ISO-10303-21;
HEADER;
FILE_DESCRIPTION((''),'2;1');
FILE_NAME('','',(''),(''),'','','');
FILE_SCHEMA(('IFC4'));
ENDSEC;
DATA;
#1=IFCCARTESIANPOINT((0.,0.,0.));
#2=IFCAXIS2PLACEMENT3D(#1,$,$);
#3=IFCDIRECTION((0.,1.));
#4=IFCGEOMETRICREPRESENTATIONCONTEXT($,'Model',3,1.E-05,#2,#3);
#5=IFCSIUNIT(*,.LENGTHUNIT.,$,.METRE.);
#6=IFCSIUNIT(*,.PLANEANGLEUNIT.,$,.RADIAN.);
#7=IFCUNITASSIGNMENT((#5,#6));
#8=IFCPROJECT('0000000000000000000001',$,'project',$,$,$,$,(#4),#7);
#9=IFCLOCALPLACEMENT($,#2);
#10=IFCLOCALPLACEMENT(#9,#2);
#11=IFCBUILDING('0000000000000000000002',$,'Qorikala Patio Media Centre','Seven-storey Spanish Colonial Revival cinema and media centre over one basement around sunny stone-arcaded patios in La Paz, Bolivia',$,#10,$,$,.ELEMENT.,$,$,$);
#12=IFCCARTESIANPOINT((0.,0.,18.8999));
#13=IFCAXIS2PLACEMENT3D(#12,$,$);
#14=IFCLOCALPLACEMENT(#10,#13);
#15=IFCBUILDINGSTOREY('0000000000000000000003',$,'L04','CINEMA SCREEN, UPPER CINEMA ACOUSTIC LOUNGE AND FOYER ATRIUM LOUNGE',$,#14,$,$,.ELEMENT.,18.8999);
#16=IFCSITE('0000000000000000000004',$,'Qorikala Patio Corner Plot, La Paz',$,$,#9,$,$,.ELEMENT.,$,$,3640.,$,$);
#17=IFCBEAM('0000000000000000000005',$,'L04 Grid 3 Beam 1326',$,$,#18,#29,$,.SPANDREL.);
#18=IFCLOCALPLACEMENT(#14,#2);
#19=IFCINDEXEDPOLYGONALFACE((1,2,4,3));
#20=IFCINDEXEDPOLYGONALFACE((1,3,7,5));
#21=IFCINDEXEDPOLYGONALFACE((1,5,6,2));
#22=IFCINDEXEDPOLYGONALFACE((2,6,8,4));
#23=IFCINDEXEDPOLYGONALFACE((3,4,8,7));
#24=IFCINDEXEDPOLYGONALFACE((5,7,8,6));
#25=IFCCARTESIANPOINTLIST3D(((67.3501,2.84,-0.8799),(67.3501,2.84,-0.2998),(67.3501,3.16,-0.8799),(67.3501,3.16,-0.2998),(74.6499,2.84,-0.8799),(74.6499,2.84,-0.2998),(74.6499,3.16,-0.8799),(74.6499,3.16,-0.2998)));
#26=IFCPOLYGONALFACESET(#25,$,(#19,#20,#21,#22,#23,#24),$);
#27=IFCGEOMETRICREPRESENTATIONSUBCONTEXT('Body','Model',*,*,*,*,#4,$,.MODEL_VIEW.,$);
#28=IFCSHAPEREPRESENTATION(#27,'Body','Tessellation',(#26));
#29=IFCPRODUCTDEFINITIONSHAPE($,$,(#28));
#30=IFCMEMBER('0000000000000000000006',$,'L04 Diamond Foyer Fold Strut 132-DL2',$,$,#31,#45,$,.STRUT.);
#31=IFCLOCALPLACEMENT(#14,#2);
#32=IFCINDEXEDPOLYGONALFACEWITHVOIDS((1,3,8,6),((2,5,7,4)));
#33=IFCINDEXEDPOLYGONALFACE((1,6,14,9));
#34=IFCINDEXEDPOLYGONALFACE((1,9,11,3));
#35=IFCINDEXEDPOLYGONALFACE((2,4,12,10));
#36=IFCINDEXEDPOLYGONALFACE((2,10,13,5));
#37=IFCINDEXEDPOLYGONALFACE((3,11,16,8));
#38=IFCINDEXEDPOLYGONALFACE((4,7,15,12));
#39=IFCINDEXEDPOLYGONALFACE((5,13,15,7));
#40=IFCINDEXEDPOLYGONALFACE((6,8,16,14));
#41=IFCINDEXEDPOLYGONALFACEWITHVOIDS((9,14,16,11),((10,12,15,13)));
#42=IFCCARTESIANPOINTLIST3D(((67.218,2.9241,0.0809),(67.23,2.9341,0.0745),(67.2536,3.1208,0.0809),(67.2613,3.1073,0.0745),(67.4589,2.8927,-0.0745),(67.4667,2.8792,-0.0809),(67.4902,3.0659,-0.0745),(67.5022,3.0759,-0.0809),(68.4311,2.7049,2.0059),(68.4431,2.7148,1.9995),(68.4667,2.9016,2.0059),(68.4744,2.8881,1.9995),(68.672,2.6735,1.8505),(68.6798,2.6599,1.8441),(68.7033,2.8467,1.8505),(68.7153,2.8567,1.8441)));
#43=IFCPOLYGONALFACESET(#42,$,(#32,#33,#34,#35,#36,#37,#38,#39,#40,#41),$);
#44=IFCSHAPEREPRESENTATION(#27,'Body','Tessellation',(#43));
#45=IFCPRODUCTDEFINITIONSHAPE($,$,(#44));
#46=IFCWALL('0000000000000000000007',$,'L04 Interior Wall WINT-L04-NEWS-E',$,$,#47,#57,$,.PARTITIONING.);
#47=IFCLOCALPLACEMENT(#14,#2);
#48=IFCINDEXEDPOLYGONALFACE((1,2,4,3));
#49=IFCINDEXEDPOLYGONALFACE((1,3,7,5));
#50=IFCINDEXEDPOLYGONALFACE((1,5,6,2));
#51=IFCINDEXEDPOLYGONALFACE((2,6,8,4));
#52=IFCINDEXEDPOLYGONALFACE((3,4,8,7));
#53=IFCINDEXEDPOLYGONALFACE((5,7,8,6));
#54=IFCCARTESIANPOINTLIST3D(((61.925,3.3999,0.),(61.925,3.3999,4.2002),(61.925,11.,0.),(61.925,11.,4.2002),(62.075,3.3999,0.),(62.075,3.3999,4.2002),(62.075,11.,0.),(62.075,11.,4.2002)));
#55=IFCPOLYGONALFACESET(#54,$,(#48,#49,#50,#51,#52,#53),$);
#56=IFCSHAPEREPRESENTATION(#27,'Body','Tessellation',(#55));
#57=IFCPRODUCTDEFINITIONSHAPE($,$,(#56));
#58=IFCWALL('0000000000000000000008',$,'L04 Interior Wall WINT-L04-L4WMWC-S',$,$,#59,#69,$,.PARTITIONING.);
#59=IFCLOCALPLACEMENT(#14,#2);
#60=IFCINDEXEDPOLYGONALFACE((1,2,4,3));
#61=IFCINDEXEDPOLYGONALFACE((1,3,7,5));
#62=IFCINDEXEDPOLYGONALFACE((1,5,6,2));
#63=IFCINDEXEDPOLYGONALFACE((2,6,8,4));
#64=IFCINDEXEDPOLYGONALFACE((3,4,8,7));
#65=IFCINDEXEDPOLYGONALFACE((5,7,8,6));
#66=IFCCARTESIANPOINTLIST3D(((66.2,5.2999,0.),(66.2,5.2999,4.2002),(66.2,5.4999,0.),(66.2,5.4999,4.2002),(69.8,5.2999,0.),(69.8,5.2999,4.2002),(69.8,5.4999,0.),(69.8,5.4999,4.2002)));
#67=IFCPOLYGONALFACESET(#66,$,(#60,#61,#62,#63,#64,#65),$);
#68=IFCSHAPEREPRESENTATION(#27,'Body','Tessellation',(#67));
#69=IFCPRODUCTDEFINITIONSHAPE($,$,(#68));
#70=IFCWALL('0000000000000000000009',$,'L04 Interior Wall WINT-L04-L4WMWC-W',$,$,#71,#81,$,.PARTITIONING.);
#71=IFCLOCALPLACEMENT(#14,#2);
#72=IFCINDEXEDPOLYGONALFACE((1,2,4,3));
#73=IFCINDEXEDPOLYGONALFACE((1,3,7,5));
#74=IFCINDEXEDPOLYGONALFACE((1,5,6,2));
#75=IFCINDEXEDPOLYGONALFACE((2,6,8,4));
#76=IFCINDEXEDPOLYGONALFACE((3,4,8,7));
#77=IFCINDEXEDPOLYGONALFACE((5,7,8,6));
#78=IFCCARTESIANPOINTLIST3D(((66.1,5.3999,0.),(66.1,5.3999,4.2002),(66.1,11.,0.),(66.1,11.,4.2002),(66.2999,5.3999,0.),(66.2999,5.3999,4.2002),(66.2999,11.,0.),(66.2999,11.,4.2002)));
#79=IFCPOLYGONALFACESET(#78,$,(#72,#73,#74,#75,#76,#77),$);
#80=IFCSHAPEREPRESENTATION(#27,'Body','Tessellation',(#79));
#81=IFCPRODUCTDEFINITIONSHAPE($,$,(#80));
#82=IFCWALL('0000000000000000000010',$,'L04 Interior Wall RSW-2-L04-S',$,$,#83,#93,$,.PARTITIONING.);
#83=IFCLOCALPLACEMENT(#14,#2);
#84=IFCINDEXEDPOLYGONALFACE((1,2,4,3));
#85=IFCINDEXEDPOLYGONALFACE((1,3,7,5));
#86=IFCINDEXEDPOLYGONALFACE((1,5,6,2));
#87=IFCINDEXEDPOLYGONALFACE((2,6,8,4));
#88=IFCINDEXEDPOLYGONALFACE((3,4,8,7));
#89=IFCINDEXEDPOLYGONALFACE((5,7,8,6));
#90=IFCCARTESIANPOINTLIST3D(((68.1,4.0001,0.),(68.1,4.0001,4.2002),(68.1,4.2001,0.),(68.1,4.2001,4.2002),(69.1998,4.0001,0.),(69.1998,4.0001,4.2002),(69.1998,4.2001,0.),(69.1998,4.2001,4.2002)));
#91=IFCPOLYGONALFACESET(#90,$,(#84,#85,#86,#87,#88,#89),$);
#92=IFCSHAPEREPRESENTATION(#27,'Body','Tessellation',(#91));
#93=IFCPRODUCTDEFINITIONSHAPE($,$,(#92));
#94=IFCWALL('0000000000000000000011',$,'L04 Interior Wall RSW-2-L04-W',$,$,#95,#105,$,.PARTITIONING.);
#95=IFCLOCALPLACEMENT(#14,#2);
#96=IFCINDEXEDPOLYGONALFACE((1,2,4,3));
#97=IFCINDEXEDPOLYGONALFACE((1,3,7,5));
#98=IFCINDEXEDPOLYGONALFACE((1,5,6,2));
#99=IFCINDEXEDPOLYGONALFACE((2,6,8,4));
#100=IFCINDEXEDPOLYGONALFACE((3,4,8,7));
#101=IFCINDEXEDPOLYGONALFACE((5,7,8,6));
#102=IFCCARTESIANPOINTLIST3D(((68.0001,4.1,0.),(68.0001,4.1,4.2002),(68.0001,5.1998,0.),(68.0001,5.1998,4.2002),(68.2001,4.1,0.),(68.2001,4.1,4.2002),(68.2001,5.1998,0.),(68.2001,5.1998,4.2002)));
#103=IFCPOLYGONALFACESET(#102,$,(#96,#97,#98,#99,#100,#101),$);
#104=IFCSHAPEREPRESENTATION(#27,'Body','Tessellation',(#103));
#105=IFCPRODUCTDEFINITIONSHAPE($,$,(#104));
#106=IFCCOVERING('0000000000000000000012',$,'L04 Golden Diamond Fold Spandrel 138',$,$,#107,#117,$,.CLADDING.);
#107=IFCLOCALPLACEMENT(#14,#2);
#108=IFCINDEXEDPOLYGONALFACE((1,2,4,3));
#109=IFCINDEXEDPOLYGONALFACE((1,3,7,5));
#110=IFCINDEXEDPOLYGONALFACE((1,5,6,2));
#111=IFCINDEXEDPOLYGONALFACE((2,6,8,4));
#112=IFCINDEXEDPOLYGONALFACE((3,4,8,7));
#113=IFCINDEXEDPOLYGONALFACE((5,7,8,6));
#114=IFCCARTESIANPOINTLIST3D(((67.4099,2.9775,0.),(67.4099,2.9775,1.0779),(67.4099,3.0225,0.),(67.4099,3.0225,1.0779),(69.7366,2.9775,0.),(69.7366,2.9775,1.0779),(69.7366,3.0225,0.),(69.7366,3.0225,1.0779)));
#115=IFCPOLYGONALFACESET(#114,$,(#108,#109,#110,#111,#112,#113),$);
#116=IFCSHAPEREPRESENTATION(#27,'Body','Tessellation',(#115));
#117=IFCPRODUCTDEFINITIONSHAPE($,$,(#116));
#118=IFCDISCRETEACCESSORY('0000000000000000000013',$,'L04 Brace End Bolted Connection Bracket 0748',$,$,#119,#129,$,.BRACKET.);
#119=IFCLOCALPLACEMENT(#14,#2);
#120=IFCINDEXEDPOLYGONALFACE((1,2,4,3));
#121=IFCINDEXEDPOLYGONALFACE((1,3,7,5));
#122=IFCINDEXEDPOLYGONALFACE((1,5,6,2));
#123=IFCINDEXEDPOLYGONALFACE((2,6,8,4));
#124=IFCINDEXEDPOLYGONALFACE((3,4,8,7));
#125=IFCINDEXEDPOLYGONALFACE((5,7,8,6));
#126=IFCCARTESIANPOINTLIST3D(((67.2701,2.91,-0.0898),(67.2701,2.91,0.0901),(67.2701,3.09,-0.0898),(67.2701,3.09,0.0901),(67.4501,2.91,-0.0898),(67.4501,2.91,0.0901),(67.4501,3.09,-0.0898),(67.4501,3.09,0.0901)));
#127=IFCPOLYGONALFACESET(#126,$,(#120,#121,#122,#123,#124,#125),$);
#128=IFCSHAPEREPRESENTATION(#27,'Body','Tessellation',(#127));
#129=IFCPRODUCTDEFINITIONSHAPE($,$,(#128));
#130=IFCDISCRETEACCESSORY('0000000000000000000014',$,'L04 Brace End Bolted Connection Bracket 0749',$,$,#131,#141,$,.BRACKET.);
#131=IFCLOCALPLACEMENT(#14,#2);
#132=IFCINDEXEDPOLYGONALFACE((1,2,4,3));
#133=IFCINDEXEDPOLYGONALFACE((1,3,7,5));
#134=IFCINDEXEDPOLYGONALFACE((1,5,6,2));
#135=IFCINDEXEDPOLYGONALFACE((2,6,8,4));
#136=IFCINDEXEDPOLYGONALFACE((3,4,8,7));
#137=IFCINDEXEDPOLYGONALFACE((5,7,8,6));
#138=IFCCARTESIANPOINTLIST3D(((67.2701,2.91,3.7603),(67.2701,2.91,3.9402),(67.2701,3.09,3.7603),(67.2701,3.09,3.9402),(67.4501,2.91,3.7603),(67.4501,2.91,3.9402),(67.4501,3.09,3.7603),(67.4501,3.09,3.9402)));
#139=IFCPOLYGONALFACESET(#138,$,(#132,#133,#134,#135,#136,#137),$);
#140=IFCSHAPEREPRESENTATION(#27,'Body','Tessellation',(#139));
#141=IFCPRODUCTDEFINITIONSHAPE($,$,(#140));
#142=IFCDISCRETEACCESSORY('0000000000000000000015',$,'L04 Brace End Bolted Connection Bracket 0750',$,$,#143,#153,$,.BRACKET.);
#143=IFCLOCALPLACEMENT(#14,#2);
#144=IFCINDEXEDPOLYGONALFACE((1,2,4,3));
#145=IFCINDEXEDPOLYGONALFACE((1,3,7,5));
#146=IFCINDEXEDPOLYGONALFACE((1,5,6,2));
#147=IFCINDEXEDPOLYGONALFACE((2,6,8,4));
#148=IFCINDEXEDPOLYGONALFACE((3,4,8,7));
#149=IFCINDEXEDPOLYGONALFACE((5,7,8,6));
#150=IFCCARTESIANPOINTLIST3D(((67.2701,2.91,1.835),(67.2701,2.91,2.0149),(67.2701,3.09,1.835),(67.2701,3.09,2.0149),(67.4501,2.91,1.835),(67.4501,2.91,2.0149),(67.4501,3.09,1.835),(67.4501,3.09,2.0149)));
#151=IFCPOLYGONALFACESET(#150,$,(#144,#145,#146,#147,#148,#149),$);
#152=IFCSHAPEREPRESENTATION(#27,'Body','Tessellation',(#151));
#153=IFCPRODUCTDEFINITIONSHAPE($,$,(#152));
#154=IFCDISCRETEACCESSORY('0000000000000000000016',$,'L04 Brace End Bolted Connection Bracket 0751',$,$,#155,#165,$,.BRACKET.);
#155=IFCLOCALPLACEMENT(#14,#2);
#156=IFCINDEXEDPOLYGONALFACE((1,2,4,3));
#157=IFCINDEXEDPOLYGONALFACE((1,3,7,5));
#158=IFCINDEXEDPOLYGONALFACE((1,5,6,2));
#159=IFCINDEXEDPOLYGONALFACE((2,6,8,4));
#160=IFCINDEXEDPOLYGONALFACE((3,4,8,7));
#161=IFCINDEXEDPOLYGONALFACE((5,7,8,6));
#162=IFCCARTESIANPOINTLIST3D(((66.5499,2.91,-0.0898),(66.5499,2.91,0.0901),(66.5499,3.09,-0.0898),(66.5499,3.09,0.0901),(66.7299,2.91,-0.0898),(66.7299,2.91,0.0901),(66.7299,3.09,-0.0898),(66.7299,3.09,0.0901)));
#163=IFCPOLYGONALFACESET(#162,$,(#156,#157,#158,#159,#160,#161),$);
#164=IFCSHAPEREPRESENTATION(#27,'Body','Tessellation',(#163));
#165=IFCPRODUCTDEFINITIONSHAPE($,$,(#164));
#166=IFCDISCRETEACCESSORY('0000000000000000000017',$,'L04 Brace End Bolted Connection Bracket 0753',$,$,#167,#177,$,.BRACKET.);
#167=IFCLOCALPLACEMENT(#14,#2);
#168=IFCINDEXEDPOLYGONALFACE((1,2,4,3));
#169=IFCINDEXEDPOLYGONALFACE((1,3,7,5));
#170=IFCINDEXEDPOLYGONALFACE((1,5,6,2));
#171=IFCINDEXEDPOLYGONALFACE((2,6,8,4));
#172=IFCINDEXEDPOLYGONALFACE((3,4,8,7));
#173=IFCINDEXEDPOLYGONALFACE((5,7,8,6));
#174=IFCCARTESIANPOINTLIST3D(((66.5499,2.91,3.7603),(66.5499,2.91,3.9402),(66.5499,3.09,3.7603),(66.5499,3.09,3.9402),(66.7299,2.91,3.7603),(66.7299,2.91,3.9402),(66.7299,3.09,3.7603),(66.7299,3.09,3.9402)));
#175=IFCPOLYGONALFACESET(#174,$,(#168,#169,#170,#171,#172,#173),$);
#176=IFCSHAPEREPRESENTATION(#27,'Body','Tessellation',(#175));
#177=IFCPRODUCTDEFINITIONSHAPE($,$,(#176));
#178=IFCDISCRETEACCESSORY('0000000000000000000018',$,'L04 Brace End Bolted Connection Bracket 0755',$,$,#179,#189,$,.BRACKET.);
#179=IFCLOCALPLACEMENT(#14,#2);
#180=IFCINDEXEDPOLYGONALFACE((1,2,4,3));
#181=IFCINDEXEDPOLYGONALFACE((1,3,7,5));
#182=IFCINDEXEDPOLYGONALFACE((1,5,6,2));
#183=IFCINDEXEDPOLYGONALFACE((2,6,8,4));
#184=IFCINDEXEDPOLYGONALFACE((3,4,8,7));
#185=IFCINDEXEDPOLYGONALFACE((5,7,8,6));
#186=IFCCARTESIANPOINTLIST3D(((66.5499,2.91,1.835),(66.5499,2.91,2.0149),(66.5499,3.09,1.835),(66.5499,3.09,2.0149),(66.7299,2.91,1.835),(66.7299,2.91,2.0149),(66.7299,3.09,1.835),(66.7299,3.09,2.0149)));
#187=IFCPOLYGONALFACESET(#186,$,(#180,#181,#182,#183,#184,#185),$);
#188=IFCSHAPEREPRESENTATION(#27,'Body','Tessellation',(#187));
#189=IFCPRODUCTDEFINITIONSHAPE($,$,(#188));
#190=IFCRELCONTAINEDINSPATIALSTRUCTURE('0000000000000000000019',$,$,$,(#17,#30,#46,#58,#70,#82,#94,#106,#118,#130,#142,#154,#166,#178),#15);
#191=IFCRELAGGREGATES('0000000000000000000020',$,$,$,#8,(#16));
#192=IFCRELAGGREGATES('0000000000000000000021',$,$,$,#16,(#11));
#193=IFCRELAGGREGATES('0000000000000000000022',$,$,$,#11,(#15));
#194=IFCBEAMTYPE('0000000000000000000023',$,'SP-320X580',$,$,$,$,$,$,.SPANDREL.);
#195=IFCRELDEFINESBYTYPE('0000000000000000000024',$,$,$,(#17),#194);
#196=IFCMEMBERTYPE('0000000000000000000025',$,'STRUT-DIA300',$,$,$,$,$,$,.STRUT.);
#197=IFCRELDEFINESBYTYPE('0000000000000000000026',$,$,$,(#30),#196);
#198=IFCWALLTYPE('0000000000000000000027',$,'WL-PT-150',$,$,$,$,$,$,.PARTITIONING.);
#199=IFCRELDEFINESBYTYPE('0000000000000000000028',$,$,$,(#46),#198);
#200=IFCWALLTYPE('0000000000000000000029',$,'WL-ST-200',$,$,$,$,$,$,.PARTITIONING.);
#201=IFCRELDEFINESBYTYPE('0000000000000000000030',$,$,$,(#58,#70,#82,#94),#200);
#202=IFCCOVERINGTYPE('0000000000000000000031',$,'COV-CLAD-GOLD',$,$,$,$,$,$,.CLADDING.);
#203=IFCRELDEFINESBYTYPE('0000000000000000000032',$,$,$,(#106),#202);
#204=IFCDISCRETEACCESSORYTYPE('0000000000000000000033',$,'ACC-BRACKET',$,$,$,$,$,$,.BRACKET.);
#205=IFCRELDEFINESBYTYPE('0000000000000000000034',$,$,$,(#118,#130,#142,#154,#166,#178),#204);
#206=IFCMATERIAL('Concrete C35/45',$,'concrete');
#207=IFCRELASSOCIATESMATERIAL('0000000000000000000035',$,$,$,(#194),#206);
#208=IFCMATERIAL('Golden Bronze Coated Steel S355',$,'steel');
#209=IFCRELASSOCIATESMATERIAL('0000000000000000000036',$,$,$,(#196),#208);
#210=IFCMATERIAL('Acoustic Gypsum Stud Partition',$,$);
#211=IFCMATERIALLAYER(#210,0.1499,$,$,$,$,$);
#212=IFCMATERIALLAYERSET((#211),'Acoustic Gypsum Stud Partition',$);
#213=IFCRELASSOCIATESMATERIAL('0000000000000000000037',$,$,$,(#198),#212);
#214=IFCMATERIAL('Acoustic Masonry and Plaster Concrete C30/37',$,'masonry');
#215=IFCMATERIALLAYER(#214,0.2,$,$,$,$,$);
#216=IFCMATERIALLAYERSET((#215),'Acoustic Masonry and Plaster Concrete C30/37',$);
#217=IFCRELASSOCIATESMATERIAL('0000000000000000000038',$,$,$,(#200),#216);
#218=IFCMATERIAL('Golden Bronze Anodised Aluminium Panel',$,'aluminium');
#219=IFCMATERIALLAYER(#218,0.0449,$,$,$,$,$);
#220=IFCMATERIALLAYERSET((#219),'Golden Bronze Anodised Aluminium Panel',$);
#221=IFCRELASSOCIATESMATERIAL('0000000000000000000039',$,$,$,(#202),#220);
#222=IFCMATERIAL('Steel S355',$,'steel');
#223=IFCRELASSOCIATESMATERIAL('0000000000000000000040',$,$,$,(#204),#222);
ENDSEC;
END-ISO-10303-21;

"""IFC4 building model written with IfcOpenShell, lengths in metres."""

from ifc_helpers import new_model, si_unit, direction, frame, frame_2d, origin, origin_2d, place, context, subcontext, project, spatial, rectangle, hollow_rectangle, extrude, material, layer, layer_set, material_profile, profile_set, type_object, element, save


model = new_model("IFC4")

# Units and contexts
model_context = context("Model", 3, precision=1e-05, world=origin(), true_north=direction((0.0, 1.0)))
body_context = subcontext(model_context, "Body", "Model", "MODEL_VIEW")
ifc_project = project(units=[si_unit("LENGTHUNIT", "METRE"), si_unit("PLANEANGLEUNIT", "RADIAN")], contexts=[model_context])

# Site, building, storey
site_placement = place(None, origin())
site = spatial("IfcSite", under=ifc_project, at=site_placement, Name="Qorikala Patio Corner Plot, La Paz", CompositionType="ELEMENT", RefElevation=3640.0)
building_placement = place(site_placement, origin())
building = spatial("IfcBuilding", under=site, at=building_placement, Name="Qorikala Patio Media Centre", Description="Seven-storey Spanish Colonial Revival cinema and media centre over one basement around sunny stone-arcaded patios in La Paz, Bolivia", CompositionType="ELEMENT")
storey_placement = place(building_placement, frame((0.0, 0.0, 18.8999)))
storey = spatial("IfcBuildingStorey", under=building, at=storey_placement, Name="L04", Description="CINEMA SCREEN, UPPER CINEMA ACOUSTIC LOUNGE AND FOYER ATRIUM LOUNGE", CompositionType="ELEMENT", Elevation=18.8999)

# Shared definitions
ifc_material_1 = material(Name="Concrete C35/45", Category="concrete")

# Shared definitions
ifc_material_2 = material(Name="Golden Bronze Coated Steel S355", Category="steel")

# Beam
ifc_material_profile_1 = material_profile(ifc_material_1, rectangle(XDim=0.3201, YDim=0.5801, at=origin_2d()), Name="RC 320x580")
ifc_profile_set_1 = profile_set([ifc_material_profile_1], Name="Concrete C35/45")
beam_type_1 = type_object("IfcBeamType", Name="SP-320X580", PredefinedType="SPANDREL", material=ifc_profile_set_1)
beam_1_placement = place(storey_placement, frame((67.3501, 3.0, -0.5898), z_axis=(1.0, 0.0, 0.0), x_axis=(0.0, 1.0, 0.0)))
element("IfcBeam", 1, at=beam_1_placement, inside=storey, type_object=beam_type_1, Name="L04 Grid 3 Beam 1326", PredefinedType="SPANDREL", context=body_context, shape_type="SweptSolid", body=[
    extrude(rectangle(XDim=0.3201, YDim=0.5801, at=origin_2d()), origin(), (0.0, 0.0, 1.0), 7.2998),
])

# Member
ifc_material_profile_2 = material_profile(ifc_material_2, hollow_rectangle(XDim=0.2, YDim=0.3, WallThickness=0.012, at=origin_2d()), Name="HSS300X200X12")
ifc_profile_set_2 = profile_set([ifc_material_profile_2], Name="Golden Bronze Coated Steel S355")
member_type_1 = type_object("IfcMemberType", Name="STRUT-DIA300", PredefinedType="STRUT", material=ifc_profile_set_2)
member_1_placement = place(storey_placement, frame((67.3601, 3.0, 0.0), z_axis=(0.530691, -0.095907, 0.842121), x_axis=(0.17784, 0.984059, 0.0)))
element("IfcMember", 2, at=member_1_placement, inside=storey, type_object=member_type_1, Name="L04 Diamond Foyer Fold Strut 132-DL2", PredefinedType="STRUT", context=body_context, shape_type="SweptSolid", body=[
    extrude(hollow_rectangle(XDim=0.2, YDim=0.3, WallThickness=0.012, at=origin_2d()), origin(), (0.0, 0.0, 1.0), 2.2859),
])

# Walls
ifc_material_3 = material(Name="Acoustic Gypsum Stud Partition")
ifc_layer_1 = layer(ifc_material_3, 0.1499)
ifc_layer_set_1 = layer_set([ifc_layer_1], Name="Acoustic Gypsum Stud Partition")
wall_type_1 = type_object("IfcWallType", Name="WL-PT-150", PredefinedType="PARTITIONING", material=ifc_layer_set_1)
wall_1_placement = place(storey_placement, frame((62.0, 3.3999, 0.0), z_axis=(0.0, 0.0, 1.0), x_axis=(0.0, 1.0, 0.0)))
element("IfcWall", 3, at=wall_1_placement, inside=storey, type_object=wall_type_1, Name="L04 Interior Wall WINT-L04-NEWS-E", PredefinedType="PARTITIONING", context=body_context, shape_type="SweptSolid", body=[
    extrude(rectangle(XDim=7.6001, YDim=0.1499, at=frame_2d((3.8, 0.0))), origin(), (0.0, 0.0, 1.0), 4.2002),
])
ifc_material_4 = material(Name="Acoustic Masonry and Plaster Concrete C30/37", Category="masonry")
ifc_layer_2 = layer(ifc_material_4, 0.2)
ifc_layer_set_2 = layer_set([ifc_layer_2], Name="Acoustic Masonry and Plaster Concrete C30/37")
wall_type_2 = type_object("IfcWallType", Name="WL-ST-200", PredefinedType="PARTITIONING", material=ifc_layer_set_2)
wall_2_placement = place(storey_placement, frame((66.2, 5.3999, 0.0), z_axis=(0.0, 0.0, 1.0), x_axis=(1.0, 0.0, 0.0)))
element("IfcWall", 4, at=wall_2_placement, inside=storey, type_object=wall_type_2, Name="L04 Interior Wall WINT-L04-L4WMWC-S", PredefinedType="PARTITIONING", context=body_context, shape_type="SweptSolid", body=[
    extrude(rectangle(XDim=3.6001, YDim=0.2, at=frame_2d((1.8, 0.0))), origin(), (0.0, 0.0, 1.0), 4.2002),
])

# Walls
wall_3_placement = place(storey_placement, frame((66.2, 5.3999, 0.0), z_axis=(0.0, 0.0, 1.0), x_axis=(0.0, 1.0, 0.0)))
element("IfcWall", 5, at=wall_3_placement, inside=storey, type_object=wall_type_2, Name="L04 Interior Wall WINT-L04-L4WMWC-W", PredefinedType="PARTITIONING", context=body_context, shape_type="SweptSolid", body=[
    extrude(rectangle(XDim=5.6001, YDim=0.2, at=frame_2d((2.8, 0.0))), origin(), (0.0, 0.0, 1.0), 4.2002),
])
for number, where, z_axis, x_axis, name in (
    (6, (68.1001, 4.1001, 0.0), (0.0, 0.0, 1.0), (1.0, 0.0, 0.0), "L04 Interior Wall RSW-2-L04-S"),
    (7, (68.1001, 4.1001, 0.0), (0.0, 0.0, 1.0), (0.0, 1.0, 0.0), "L04 Interior Wall RSW-2-L04-W"),
):
    element("IfcWall", number, at=place(storey_placement, frame(where, z_axis=z_axis, x_axis=x_axis)), inside=storey, type_object=wall_type_2, Name=name, PredefinedType="PARTITIONING", context=body_context, shape_type="SweptSolid", body=[
        extrude(rectangle(XDim=1.0999, YDim=0.2, at=frame_2d((0.5498, 0.0))), origin(), (0.0, 0.0, 1.0), 4.2002),
    ])

# Covering
ifc_material_5 = material(Name="Golden Bronze Anodised Aluminium Panel", Category="aluminium")
ifc_layer_3 = layer(ifc_material_5, 0.0449)
ifc_layer_set_3 = layer_set([ifc_layer_3], Name="Golden Bronze Anodised Aluminium Panel")
covering_type = type_object("IfcCoveringType", Name="COV-CLAD-GOLD", PredefinedType="CLADDING", material=ifc_layer_set_3)
covering_placement = place(storey_placement, frame((68.5732, 3.0, 0.0), z_axis=(0.0, 0.0, 1.0), x_axis=(-1.0, 0.0, 0.0)))
element("IfcCovering", 8, at=covering_placement, inside=storey, type_object=covering_type, Name="L04 Golden Diamond Fold Spandrel 138", PredefinedType="CLADDING", context=body_context, shape_type="SweptSolid", body=[
    extrude(rectangle(XDim=2.3267, YDim=0.0449, at=origin_2d()), origin(), (0.0, 0.0, 1.0), 1.0779),
])

# Discrete accessories
ifc_material_6 = material(Name="Steel S355", Category="steel")
discrete_accessory_type = type_object("IfcDiscreteAccessoryType", Name="ACC-BRACKET", PredefinedType="BRACKET", material=ifc_material_6)
for number, where, z_axis, x_axis, name in (
    (9, (67.3601, 3.0, -0.0898), (0.0, 0.0, 1.0), (1.0, 0.0, 0.0), "L04 Brace End Bolted Connection Bracket 0748"),
    (10, (67.3601, 3.0, 3.7603), (0.0, 0.0, 1.0), (1.0, 0.0, 0.0), "L04 Brace End Bolted Connection Bracket 0749"),
    (11, (67.3601, 3.0, 1.835), (0.0, 0.0, 1.0), (1.0, 0.0, 0.0), "L04 Brace End Bolted Connection Bracket 0750"),
    (12, (66.6399, 3.0, -0.0898), (0.0, 0.0, 1.0), (1.0, 0.0, 0.0), "L04 Brace End Bolted Connection Bracket 0751"),
    (13, (66.6399, 3.0, 3.7603), (0.0, 0.0, 1.0), (1.0, 0.0, 0.0), "L04 Brace End Bolted Connection Bracket 0753"),
    (14, (66.6399, 3.0, 1.835), (0.0, 0.0, 1.0), (1.0, 0.0, 0.0), "L04 Brace End Bolted Connection Bracket 0755"),
):
    element("IfcDiscreteAccessory", number, at=place(storey_placement, frame(where, z_axis=z_axis, x_axis=x_axis)), inside=storey, type_object=discrete_accessory_type, Name=name, PredefinedType="BRACKET", context=body_context, shape_type="SweptSolid", body=[
        extrude(rectangle(XDim=0.1799, YDim=0.1799, at=origin_2d()), origin(), (0.0, 0.0, 1.0), 0.1799),
    ])

save(model, "model.ifc")
